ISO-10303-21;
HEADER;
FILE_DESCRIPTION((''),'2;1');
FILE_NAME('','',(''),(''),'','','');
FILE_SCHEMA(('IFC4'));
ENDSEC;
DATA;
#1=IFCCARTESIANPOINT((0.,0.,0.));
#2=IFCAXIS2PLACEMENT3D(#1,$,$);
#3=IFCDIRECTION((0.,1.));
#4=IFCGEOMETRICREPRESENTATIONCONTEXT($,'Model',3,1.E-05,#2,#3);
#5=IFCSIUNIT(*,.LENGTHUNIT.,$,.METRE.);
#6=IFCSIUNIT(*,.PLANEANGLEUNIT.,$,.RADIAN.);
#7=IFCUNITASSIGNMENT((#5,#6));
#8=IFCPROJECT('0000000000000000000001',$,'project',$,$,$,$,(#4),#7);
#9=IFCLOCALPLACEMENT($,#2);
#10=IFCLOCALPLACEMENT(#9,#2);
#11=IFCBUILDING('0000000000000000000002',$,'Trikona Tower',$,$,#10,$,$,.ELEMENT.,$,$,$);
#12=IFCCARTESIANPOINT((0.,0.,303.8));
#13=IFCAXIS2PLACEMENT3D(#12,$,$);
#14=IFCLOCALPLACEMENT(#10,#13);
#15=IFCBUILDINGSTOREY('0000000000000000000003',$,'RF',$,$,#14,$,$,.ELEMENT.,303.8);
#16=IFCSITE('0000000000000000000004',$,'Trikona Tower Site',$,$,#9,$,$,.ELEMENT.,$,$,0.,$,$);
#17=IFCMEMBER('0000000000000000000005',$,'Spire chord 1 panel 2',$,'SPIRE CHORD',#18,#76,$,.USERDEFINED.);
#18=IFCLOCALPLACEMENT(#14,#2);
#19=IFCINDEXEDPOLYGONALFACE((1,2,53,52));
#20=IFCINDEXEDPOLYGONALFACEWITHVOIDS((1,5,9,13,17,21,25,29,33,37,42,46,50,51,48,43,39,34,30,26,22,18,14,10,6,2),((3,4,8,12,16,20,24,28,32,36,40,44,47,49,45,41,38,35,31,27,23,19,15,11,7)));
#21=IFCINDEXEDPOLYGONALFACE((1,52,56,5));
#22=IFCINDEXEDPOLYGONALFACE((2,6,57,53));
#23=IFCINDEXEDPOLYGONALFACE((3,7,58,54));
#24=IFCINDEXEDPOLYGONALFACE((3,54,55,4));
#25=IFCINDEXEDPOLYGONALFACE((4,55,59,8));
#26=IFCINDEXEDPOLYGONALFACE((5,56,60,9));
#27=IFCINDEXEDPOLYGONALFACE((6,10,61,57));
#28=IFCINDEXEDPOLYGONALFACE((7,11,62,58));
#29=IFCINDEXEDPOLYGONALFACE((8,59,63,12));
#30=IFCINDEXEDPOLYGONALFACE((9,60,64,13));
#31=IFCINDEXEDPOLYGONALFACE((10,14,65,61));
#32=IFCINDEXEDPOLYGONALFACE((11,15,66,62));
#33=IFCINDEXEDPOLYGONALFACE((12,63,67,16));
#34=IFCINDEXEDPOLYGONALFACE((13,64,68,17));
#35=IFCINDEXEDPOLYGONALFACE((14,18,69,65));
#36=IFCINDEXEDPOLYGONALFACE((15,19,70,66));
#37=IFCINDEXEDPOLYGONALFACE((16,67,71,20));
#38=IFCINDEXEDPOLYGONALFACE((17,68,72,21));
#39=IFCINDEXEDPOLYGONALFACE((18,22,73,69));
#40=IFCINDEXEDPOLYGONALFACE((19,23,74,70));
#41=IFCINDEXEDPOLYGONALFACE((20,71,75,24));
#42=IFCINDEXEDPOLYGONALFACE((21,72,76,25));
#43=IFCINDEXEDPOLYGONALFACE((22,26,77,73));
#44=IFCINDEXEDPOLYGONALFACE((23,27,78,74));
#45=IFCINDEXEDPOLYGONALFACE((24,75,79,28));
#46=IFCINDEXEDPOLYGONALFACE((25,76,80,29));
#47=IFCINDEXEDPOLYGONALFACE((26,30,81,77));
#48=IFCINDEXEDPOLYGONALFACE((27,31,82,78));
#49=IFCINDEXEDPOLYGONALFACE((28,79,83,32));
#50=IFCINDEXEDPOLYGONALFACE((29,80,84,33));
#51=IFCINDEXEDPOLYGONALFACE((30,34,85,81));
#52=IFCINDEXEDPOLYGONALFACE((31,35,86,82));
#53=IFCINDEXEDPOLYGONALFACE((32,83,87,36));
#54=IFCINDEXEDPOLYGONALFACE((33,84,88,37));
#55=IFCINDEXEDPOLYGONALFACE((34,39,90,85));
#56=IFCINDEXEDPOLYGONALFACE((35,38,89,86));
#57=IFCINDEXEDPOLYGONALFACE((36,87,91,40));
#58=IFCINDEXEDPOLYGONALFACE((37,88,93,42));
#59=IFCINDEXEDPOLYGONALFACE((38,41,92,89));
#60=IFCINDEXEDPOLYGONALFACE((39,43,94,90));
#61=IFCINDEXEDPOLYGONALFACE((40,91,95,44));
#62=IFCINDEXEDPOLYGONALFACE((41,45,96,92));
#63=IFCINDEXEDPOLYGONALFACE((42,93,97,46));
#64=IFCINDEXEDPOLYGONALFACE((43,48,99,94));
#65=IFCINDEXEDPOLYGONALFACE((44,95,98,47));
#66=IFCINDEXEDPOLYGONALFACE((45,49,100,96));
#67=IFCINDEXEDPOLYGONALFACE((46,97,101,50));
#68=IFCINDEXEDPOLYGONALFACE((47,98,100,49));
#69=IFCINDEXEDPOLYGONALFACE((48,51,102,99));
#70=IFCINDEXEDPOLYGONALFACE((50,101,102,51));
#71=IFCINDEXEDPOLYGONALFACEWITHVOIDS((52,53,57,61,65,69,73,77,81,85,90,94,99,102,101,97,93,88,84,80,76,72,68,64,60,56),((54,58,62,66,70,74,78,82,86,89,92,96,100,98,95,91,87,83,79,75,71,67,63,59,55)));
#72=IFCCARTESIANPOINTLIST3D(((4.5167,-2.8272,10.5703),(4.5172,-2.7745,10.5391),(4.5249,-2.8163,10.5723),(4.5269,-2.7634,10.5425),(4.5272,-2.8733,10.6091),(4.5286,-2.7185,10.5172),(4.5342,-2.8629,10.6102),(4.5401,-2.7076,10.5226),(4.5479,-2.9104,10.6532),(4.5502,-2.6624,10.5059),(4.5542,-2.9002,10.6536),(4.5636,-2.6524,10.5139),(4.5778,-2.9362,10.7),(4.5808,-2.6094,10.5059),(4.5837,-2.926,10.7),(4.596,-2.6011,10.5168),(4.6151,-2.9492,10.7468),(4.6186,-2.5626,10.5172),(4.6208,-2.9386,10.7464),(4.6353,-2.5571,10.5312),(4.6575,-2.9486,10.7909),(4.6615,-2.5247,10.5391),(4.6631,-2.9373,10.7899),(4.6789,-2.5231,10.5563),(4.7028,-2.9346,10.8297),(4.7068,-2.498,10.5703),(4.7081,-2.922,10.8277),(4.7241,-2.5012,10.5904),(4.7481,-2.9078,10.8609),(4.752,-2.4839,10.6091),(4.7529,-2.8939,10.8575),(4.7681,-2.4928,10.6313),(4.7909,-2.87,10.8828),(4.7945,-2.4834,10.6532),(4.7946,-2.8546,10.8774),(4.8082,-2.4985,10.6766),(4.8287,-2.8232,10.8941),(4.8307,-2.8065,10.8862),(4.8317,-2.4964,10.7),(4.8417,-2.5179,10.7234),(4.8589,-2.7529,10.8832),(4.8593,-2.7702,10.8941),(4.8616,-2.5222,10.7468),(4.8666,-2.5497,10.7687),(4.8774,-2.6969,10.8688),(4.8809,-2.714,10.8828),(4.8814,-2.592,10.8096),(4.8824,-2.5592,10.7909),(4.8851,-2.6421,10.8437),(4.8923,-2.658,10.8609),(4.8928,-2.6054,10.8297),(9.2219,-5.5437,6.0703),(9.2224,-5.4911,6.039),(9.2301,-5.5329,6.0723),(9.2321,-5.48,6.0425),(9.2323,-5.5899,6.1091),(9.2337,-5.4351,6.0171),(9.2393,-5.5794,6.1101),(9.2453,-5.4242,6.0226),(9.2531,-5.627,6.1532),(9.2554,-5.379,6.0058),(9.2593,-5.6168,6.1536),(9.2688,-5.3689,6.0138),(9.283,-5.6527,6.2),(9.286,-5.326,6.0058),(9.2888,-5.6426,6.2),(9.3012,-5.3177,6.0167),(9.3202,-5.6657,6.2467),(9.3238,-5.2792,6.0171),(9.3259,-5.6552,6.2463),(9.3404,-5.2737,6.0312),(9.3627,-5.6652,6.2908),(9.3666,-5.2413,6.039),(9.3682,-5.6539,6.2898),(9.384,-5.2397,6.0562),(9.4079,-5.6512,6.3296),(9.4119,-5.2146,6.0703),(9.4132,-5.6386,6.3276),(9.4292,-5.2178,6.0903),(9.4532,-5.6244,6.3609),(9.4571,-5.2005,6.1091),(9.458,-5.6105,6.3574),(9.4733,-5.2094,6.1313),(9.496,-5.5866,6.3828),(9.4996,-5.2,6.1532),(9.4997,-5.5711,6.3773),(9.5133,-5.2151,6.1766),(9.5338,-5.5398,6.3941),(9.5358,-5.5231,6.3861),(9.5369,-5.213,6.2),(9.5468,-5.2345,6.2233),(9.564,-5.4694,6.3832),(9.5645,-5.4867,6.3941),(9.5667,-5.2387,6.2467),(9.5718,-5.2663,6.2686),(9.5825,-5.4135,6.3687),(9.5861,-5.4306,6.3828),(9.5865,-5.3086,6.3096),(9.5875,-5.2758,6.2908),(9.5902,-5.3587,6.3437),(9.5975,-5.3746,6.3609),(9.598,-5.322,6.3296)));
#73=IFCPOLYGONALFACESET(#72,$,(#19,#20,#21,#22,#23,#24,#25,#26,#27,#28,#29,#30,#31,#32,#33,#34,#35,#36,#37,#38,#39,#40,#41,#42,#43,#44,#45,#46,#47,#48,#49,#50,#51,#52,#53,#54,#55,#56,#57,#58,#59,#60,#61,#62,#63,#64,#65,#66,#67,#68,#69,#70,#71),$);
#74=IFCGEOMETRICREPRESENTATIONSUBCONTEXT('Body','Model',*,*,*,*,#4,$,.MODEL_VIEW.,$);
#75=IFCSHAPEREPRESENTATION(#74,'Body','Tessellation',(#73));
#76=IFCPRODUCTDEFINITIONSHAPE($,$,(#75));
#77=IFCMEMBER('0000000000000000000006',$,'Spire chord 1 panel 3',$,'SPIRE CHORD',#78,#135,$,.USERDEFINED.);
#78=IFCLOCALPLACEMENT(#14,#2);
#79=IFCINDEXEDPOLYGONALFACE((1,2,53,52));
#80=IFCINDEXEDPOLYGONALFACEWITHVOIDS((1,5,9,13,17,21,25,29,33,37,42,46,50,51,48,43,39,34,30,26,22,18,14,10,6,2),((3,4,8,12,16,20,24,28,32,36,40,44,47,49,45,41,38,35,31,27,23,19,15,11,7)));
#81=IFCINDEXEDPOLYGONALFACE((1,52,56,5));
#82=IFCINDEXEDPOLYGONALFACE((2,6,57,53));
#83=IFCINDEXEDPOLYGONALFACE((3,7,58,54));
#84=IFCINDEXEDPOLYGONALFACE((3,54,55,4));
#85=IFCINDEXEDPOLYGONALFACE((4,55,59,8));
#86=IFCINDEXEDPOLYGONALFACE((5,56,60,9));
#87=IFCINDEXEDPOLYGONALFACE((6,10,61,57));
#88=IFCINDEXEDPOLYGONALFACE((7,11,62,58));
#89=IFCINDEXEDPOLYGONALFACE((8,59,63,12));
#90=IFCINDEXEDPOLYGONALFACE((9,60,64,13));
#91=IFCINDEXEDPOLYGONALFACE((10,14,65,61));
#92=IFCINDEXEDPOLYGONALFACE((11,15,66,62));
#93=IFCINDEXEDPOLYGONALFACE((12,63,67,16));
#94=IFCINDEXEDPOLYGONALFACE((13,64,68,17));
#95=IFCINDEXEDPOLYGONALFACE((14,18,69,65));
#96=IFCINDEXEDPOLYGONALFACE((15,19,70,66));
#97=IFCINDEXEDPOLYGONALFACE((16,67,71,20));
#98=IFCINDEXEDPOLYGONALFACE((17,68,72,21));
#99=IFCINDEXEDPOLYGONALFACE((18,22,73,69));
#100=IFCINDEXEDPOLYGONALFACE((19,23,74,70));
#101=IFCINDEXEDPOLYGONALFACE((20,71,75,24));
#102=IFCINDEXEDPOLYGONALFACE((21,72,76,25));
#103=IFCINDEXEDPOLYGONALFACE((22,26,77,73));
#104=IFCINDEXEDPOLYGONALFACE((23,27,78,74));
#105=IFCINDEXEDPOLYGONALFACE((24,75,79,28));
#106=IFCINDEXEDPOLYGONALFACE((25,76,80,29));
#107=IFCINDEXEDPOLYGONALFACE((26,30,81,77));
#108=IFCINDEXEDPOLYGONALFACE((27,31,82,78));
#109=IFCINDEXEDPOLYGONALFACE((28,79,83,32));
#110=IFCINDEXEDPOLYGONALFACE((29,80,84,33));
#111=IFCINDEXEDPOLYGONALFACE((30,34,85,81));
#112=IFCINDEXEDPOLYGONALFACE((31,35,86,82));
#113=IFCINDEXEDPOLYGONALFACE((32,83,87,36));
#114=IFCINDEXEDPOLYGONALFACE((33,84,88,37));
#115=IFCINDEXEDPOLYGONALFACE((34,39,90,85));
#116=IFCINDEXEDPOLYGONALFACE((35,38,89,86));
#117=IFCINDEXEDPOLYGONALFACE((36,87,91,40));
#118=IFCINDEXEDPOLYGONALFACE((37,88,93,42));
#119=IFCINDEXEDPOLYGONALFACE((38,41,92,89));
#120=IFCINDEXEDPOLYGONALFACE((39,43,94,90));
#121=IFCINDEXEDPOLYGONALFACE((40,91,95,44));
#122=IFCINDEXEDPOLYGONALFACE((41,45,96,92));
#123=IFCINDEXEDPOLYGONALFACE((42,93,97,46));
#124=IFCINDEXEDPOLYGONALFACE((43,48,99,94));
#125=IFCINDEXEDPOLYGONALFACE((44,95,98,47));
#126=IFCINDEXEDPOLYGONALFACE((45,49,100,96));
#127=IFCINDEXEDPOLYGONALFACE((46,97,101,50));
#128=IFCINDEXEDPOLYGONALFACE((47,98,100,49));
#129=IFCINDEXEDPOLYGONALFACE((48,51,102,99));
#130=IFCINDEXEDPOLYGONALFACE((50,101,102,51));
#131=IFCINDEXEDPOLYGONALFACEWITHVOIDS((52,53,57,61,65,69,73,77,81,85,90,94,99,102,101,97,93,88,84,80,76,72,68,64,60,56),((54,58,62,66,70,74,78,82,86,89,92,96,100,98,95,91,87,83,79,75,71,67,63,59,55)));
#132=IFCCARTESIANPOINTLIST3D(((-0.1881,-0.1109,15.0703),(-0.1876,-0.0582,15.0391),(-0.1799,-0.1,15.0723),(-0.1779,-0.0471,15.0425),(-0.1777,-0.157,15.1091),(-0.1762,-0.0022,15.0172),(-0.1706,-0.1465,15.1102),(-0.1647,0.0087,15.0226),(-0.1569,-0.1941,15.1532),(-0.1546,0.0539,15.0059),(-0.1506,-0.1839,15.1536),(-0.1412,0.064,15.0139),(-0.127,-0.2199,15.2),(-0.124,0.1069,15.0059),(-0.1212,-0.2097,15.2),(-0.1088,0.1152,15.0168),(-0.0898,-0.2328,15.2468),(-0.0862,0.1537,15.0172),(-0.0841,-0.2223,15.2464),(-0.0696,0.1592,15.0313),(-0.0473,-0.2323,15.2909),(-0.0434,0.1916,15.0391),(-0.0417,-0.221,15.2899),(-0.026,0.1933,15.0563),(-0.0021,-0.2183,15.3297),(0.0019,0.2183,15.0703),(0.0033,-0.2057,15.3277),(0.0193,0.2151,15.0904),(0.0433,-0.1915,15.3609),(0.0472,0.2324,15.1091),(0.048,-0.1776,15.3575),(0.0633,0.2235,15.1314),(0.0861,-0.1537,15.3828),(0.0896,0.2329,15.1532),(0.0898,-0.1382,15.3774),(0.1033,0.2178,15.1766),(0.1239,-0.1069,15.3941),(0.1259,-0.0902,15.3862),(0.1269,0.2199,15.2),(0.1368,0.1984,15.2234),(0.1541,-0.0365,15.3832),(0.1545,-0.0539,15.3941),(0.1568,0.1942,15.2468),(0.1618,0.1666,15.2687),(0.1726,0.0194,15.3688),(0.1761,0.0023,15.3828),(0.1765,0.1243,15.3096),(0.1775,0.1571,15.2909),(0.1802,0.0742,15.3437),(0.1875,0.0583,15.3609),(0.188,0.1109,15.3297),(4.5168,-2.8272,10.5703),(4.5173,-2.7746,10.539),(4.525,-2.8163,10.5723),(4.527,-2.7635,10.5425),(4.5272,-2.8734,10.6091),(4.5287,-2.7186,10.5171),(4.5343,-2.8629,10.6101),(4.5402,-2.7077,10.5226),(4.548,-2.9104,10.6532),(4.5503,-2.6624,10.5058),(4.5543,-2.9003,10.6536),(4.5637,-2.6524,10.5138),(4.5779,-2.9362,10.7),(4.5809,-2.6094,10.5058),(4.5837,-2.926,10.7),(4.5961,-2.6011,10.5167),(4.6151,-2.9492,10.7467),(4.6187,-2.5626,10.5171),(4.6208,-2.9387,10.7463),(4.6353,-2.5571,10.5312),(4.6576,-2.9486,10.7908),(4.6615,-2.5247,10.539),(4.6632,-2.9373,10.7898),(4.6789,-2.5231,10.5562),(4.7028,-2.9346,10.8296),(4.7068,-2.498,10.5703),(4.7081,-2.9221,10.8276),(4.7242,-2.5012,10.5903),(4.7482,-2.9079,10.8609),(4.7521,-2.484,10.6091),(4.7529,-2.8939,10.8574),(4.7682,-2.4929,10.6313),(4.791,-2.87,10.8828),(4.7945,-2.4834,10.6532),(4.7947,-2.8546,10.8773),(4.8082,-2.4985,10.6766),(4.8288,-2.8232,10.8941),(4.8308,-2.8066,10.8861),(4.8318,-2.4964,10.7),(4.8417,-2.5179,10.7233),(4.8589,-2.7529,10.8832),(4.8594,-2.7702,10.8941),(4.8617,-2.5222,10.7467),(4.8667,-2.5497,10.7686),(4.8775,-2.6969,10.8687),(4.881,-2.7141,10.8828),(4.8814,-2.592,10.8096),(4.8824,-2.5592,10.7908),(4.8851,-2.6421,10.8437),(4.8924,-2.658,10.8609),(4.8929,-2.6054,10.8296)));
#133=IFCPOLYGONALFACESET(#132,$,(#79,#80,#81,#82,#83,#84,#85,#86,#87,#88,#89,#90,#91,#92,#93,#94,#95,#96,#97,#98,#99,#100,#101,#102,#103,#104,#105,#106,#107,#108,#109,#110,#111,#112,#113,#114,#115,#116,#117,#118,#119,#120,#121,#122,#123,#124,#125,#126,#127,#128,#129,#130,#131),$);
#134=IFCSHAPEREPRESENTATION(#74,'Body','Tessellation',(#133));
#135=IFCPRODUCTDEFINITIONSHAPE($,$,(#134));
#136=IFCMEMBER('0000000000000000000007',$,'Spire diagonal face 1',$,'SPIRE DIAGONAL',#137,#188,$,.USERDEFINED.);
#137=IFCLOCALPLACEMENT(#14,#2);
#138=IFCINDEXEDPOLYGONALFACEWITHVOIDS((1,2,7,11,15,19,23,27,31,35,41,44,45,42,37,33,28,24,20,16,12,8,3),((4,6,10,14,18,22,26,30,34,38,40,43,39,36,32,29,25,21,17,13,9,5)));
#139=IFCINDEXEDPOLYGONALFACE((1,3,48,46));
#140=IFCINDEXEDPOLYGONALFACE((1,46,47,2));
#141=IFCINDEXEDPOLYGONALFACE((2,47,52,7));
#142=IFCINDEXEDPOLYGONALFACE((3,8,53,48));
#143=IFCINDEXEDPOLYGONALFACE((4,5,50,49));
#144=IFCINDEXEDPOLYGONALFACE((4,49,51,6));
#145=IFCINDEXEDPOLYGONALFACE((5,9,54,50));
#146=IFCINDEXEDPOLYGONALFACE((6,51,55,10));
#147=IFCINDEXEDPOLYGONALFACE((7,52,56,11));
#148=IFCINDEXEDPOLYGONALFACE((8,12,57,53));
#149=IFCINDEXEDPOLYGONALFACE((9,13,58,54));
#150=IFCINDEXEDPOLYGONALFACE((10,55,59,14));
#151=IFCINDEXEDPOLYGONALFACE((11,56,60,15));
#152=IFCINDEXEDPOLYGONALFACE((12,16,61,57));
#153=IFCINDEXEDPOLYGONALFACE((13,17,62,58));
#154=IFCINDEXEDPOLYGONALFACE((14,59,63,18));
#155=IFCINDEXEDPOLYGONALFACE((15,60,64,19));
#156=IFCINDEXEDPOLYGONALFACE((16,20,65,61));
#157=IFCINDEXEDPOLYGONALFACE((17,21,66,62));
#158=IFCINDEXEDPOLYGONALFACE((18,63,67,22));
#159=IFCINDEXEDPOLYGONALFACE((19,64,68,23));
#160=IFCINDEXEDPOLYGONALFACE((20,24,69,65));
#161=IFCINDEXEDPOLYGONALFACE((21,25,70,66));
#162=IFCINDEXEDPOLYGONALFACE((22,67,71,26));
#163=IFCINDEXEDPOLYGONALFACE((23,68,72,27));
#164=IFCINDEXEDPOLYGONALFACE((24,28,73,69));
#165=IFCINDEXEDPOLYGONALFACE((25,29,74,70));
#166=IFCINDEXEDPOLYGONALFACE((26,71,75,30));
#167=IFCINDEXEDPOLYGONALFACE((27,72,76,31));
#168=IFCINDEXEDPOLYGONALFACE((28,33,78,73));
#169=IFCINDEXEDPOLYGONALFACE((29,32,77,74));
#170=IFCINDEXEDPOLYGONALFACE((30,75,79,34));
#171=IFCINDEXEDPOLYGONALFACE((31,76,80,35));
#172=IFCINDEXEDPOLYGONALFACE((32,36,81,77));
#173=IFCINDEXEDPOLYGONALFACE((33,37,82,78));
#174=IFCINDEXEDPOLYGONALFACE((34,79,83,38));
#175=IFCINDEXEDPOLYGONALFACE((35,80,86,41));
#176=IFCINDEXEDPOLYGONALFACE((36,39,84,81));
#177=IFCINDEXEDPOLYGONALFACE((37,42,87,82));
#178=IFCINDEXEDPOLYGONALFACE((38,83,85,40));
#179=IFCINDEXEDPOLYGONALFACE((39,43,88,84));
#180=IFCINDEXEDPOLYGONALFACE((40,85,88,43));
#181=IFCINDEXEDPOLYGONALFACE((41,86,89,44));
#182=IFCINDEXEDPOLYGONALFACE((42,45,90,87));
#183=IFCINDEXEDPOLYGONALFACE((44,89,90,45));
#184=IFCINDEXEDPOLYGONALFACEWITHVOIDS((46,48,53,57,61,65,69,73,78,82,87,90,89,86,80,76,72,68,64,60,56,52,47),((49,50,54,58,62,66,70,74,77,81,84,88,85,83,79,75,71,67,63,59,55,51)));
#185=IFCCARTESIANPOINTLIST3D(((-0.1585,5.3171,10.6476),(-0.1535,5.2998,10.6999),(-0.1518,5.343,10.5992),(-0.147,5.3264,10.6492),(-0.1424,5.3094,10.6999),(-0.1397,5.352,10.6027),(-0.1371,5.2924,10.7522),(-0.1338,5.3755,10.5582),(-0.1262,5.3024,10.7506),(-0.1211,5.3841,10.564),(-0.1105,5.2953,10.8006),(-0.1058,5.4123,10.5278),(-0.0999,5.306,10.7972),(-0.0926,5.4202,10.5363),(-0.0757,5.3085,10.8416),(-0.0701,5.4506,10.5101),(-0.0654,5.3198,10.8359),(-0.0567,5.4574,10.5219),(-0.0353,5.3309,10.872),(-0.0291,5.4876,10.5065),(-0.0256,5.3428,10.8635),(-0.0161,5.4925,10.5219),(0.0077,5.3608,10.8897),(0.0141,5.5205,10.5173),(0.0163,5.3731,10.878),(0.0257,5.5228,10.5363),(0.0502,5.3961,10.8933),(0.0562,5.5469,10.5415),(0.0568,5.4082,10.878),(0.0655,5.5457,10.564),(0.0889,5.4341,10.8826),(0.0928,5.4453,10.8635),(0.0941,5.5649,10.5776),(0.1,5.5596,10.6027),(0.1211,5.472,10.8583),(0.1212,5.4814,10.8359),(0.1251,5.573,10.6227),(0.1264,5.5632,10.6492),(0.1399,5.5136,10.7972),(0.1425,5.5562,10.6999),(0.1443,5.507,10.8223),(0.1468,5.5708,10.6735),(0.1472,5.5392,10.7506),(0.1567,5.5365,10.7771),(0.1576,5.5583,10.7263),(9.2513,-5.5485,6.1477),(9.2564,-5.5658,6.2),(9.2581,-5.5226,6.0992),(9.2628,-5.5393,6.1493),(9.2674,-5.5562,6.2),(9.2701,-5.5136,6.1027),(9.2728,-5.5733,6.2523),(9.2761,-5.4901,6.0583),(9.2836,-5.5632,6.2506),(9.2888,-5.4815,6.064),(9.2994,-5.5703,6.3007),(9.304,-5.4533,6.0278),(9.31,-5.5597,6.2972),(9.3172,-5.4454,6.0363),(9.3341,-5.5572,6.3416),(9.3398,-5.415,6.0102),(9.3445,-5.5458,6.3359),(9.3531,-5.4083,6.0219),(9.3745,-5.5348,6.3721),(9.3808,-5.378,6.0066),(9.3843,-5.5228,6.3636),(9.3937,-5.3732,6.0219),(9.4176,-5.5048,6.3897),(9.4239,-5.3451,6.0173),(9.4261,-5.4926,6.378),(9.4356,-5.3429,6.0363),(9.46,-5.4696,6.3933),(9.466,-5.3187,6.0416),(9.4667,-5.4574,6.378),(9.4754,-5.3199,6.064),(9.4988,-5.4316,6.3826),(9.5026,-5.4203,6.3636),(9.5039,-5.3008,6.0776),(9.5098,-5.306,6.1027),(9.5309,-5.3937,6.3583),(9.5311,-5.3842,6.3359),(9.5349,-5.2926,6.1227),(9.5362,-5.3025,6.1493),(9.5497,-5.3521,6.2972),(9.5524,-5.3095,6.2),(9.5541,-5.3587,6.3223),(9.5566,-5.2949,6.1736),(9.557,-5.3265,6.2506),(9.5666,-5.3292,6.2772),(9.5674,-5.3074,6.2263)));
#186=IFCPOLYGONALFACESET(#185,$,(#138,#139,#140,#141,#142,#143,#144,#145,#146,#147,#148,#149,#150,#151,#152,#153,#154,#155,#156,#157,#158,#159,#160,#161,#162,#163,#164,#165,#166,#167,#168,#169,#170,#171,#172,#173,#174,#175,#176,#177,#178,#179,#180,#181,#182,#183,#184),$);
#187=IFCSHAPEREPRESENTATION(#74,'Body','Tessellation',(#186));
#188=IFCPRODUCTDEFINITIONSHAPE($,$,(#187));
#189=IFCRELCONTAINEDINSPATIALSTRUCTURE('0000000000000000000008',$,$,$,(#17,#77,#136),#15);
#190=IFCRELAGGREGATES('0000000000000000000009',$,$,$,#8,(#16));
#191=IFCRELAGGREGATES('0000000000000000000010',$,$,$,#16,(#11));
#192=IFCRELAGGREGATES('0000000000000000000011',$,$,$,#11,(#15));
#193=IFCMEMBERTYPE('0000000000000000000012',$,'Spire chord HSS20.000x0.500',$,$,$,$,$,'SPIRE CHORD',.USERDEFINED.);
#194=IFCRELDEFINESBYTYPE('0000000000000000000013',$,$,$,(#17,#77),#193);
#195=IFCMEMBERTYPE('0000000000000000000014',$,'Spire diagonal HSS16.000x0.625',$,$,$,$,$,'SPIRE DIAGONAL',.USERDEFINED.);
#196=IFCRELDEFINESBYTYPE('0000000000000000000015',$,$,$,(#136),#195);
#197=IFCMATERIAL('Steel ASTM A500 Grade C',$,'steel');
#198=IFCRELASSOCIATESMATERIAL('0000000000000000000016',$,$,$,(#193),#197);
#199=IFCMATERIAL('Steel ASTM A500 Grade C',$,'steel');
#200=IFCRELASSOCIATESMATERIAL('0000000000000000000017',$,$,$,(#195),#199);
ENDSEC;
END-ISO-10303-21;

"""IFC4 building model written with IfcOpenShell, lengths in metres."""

from ifc_helpers import new_model, si_unit, direction, frame, origin, origin_2d, place, context, subcontext, project, spatial, hollow_circle, extrude, material, material_profile, profile_set, type_object, element, save


model = new_model("IFC4")

# Units and contexts
model_context = context("Model", 3, precision=1e-05, world=origin(), true_north=direction((0.0, 1.0)))
body_context = subcontext(model_context, "Body", "Model", "MODEL_VIEW")
ifc_project = project(units=[si_unit("LENGTHUNIT", "METRE"), si_unit("PLANEANGLEUNIT", "RADIAN")], contexts=[model_context])

# Site, building, storey
site_placement = place(None, origin())
site = spatial("IfcSite", under=ifc_project, at=site_placement, Name="Trikona Tower Site", CompositionType="ELEMENT", RefElevation=0.0)
building_placement = place(site_placement, origin())
building = spatial("IfcBuilding", under=site, at=building_placement, Name="Trikona Tower", CompositionType="ELEMENT")
storey_placement = place(building_placement, frame((0.0, 0.0, 303.8)))
storey = spatial("IfcBuildingStorey", under=building, at=storey_placement, Name="RF", CompositionType="ELEMENT", Elevation=303.8)

# Members
ifc_material_1 = material(Name="Steel ASTM A500 Grade C", Category="steel")
ifc_material_profile_1 = material_profile(ifc_material_1, hollow_circle(Radius=0.2539, WallThickness=0.0117, at=origin_2d()), Name="HSS20.000X0.500")
ifc_profile_set_1 = profile_set([ifc_material_profile_1], Name="Steel ASTM A500 Grade C")
member_type_1 = type_object("IfcMemberType", Name="Spire chord HSS20.000x0.500", ElementType="SPIRE CHORD", PredefinedType="USERDEFINED", material=ifc_profile_set_1)
member_1_placement = place(storey_placement, frame((9.4099, -5.4329, 6.2), z_axis=(-0.666952, 0.385075, 0.637881), x_axis=(-0.50001, -0.866019, 0.0)))
element("IfcMember", 1, at=member_1_placement, inside=storey, type_object=member_type_1, Name="Spire chord 1 panel 2", ObjectType="SPIRE CHORD", PredefinedType="USERDEFINED", context=body_context, shape_type="SweptSolid", body=[
    extrude(hollow_circle(Radius=0.2539, WallThickness=0.0117, at=origin_2d()), origin(), (0.0, 0.0, 1.0), 7.0547),
])
member_2_placement = place(storey_placement, frame((4.7048, -2.7163, 10.7), z_axis=(-0.666941, 0.385055, 0.637905), x_axis=(-0.499996, -0.866028, 0.0)))
element("IfcMember", 2, at=member_2_placement, inside=storey, type_object=member_type_1, Name="Spire chord 1 panel 3", ObjectType="SPIRE CHORD", PredefinedType="USERDEFINED", context=body_context, shape_type="SweptSolid", body=[
    extrude(hollow_circle(Radius=0.2539, WallThickness=0.0117, at=origin_2d()), origin(), (0.0, 0.0, 1.0), 7.0544),
])
ifc_material_2 = material(Name="Steel ASTM A500 Grade C", Category="steel")
ifc_material_profile_2 = material_profile(ifc_material_2, hollow_circle(Radius=0.2031, WallThickness=0.0146, at=origin_2d()), Name="HSS16.000X0.625")
ifc_profile_set_2 = profile_set([ifc_material_profile_2], Name="Steel ASTM A500 Grade C")
member_type_2 = type_object("IfcMemberType", Name="Spire diagonal HSS16.000x0.625", ElementType="SPIRE DIAGONAL", PredefinedType="USERDEFINED", material=ifc_profile_set_2)
member_3_placement = place(storey_placement, frame((9.4099, -5.4329, 6.2), z_axis=(-0.62475, 0.721405, 0.298767), x_axis=(-0.755932, -0.654651, 0.0)))
element("IfcMember", 3, at=member_3_placement, inside=storey, type_object=member_type_2, Name="Spire diagonal face 1", ObjectType="SPIRE DIAGONAL", PredefinedType="USERDEFINED", context=body_context, shape_type="SweptSolid", body=[
    extrude(hollow_circle(Radius=0.2031, WallThickness=0.0146, at=origin_2d()), origin(), (0.0, 0.0, 1.0), 15.0618),
])

save(model, "model.ifc")
